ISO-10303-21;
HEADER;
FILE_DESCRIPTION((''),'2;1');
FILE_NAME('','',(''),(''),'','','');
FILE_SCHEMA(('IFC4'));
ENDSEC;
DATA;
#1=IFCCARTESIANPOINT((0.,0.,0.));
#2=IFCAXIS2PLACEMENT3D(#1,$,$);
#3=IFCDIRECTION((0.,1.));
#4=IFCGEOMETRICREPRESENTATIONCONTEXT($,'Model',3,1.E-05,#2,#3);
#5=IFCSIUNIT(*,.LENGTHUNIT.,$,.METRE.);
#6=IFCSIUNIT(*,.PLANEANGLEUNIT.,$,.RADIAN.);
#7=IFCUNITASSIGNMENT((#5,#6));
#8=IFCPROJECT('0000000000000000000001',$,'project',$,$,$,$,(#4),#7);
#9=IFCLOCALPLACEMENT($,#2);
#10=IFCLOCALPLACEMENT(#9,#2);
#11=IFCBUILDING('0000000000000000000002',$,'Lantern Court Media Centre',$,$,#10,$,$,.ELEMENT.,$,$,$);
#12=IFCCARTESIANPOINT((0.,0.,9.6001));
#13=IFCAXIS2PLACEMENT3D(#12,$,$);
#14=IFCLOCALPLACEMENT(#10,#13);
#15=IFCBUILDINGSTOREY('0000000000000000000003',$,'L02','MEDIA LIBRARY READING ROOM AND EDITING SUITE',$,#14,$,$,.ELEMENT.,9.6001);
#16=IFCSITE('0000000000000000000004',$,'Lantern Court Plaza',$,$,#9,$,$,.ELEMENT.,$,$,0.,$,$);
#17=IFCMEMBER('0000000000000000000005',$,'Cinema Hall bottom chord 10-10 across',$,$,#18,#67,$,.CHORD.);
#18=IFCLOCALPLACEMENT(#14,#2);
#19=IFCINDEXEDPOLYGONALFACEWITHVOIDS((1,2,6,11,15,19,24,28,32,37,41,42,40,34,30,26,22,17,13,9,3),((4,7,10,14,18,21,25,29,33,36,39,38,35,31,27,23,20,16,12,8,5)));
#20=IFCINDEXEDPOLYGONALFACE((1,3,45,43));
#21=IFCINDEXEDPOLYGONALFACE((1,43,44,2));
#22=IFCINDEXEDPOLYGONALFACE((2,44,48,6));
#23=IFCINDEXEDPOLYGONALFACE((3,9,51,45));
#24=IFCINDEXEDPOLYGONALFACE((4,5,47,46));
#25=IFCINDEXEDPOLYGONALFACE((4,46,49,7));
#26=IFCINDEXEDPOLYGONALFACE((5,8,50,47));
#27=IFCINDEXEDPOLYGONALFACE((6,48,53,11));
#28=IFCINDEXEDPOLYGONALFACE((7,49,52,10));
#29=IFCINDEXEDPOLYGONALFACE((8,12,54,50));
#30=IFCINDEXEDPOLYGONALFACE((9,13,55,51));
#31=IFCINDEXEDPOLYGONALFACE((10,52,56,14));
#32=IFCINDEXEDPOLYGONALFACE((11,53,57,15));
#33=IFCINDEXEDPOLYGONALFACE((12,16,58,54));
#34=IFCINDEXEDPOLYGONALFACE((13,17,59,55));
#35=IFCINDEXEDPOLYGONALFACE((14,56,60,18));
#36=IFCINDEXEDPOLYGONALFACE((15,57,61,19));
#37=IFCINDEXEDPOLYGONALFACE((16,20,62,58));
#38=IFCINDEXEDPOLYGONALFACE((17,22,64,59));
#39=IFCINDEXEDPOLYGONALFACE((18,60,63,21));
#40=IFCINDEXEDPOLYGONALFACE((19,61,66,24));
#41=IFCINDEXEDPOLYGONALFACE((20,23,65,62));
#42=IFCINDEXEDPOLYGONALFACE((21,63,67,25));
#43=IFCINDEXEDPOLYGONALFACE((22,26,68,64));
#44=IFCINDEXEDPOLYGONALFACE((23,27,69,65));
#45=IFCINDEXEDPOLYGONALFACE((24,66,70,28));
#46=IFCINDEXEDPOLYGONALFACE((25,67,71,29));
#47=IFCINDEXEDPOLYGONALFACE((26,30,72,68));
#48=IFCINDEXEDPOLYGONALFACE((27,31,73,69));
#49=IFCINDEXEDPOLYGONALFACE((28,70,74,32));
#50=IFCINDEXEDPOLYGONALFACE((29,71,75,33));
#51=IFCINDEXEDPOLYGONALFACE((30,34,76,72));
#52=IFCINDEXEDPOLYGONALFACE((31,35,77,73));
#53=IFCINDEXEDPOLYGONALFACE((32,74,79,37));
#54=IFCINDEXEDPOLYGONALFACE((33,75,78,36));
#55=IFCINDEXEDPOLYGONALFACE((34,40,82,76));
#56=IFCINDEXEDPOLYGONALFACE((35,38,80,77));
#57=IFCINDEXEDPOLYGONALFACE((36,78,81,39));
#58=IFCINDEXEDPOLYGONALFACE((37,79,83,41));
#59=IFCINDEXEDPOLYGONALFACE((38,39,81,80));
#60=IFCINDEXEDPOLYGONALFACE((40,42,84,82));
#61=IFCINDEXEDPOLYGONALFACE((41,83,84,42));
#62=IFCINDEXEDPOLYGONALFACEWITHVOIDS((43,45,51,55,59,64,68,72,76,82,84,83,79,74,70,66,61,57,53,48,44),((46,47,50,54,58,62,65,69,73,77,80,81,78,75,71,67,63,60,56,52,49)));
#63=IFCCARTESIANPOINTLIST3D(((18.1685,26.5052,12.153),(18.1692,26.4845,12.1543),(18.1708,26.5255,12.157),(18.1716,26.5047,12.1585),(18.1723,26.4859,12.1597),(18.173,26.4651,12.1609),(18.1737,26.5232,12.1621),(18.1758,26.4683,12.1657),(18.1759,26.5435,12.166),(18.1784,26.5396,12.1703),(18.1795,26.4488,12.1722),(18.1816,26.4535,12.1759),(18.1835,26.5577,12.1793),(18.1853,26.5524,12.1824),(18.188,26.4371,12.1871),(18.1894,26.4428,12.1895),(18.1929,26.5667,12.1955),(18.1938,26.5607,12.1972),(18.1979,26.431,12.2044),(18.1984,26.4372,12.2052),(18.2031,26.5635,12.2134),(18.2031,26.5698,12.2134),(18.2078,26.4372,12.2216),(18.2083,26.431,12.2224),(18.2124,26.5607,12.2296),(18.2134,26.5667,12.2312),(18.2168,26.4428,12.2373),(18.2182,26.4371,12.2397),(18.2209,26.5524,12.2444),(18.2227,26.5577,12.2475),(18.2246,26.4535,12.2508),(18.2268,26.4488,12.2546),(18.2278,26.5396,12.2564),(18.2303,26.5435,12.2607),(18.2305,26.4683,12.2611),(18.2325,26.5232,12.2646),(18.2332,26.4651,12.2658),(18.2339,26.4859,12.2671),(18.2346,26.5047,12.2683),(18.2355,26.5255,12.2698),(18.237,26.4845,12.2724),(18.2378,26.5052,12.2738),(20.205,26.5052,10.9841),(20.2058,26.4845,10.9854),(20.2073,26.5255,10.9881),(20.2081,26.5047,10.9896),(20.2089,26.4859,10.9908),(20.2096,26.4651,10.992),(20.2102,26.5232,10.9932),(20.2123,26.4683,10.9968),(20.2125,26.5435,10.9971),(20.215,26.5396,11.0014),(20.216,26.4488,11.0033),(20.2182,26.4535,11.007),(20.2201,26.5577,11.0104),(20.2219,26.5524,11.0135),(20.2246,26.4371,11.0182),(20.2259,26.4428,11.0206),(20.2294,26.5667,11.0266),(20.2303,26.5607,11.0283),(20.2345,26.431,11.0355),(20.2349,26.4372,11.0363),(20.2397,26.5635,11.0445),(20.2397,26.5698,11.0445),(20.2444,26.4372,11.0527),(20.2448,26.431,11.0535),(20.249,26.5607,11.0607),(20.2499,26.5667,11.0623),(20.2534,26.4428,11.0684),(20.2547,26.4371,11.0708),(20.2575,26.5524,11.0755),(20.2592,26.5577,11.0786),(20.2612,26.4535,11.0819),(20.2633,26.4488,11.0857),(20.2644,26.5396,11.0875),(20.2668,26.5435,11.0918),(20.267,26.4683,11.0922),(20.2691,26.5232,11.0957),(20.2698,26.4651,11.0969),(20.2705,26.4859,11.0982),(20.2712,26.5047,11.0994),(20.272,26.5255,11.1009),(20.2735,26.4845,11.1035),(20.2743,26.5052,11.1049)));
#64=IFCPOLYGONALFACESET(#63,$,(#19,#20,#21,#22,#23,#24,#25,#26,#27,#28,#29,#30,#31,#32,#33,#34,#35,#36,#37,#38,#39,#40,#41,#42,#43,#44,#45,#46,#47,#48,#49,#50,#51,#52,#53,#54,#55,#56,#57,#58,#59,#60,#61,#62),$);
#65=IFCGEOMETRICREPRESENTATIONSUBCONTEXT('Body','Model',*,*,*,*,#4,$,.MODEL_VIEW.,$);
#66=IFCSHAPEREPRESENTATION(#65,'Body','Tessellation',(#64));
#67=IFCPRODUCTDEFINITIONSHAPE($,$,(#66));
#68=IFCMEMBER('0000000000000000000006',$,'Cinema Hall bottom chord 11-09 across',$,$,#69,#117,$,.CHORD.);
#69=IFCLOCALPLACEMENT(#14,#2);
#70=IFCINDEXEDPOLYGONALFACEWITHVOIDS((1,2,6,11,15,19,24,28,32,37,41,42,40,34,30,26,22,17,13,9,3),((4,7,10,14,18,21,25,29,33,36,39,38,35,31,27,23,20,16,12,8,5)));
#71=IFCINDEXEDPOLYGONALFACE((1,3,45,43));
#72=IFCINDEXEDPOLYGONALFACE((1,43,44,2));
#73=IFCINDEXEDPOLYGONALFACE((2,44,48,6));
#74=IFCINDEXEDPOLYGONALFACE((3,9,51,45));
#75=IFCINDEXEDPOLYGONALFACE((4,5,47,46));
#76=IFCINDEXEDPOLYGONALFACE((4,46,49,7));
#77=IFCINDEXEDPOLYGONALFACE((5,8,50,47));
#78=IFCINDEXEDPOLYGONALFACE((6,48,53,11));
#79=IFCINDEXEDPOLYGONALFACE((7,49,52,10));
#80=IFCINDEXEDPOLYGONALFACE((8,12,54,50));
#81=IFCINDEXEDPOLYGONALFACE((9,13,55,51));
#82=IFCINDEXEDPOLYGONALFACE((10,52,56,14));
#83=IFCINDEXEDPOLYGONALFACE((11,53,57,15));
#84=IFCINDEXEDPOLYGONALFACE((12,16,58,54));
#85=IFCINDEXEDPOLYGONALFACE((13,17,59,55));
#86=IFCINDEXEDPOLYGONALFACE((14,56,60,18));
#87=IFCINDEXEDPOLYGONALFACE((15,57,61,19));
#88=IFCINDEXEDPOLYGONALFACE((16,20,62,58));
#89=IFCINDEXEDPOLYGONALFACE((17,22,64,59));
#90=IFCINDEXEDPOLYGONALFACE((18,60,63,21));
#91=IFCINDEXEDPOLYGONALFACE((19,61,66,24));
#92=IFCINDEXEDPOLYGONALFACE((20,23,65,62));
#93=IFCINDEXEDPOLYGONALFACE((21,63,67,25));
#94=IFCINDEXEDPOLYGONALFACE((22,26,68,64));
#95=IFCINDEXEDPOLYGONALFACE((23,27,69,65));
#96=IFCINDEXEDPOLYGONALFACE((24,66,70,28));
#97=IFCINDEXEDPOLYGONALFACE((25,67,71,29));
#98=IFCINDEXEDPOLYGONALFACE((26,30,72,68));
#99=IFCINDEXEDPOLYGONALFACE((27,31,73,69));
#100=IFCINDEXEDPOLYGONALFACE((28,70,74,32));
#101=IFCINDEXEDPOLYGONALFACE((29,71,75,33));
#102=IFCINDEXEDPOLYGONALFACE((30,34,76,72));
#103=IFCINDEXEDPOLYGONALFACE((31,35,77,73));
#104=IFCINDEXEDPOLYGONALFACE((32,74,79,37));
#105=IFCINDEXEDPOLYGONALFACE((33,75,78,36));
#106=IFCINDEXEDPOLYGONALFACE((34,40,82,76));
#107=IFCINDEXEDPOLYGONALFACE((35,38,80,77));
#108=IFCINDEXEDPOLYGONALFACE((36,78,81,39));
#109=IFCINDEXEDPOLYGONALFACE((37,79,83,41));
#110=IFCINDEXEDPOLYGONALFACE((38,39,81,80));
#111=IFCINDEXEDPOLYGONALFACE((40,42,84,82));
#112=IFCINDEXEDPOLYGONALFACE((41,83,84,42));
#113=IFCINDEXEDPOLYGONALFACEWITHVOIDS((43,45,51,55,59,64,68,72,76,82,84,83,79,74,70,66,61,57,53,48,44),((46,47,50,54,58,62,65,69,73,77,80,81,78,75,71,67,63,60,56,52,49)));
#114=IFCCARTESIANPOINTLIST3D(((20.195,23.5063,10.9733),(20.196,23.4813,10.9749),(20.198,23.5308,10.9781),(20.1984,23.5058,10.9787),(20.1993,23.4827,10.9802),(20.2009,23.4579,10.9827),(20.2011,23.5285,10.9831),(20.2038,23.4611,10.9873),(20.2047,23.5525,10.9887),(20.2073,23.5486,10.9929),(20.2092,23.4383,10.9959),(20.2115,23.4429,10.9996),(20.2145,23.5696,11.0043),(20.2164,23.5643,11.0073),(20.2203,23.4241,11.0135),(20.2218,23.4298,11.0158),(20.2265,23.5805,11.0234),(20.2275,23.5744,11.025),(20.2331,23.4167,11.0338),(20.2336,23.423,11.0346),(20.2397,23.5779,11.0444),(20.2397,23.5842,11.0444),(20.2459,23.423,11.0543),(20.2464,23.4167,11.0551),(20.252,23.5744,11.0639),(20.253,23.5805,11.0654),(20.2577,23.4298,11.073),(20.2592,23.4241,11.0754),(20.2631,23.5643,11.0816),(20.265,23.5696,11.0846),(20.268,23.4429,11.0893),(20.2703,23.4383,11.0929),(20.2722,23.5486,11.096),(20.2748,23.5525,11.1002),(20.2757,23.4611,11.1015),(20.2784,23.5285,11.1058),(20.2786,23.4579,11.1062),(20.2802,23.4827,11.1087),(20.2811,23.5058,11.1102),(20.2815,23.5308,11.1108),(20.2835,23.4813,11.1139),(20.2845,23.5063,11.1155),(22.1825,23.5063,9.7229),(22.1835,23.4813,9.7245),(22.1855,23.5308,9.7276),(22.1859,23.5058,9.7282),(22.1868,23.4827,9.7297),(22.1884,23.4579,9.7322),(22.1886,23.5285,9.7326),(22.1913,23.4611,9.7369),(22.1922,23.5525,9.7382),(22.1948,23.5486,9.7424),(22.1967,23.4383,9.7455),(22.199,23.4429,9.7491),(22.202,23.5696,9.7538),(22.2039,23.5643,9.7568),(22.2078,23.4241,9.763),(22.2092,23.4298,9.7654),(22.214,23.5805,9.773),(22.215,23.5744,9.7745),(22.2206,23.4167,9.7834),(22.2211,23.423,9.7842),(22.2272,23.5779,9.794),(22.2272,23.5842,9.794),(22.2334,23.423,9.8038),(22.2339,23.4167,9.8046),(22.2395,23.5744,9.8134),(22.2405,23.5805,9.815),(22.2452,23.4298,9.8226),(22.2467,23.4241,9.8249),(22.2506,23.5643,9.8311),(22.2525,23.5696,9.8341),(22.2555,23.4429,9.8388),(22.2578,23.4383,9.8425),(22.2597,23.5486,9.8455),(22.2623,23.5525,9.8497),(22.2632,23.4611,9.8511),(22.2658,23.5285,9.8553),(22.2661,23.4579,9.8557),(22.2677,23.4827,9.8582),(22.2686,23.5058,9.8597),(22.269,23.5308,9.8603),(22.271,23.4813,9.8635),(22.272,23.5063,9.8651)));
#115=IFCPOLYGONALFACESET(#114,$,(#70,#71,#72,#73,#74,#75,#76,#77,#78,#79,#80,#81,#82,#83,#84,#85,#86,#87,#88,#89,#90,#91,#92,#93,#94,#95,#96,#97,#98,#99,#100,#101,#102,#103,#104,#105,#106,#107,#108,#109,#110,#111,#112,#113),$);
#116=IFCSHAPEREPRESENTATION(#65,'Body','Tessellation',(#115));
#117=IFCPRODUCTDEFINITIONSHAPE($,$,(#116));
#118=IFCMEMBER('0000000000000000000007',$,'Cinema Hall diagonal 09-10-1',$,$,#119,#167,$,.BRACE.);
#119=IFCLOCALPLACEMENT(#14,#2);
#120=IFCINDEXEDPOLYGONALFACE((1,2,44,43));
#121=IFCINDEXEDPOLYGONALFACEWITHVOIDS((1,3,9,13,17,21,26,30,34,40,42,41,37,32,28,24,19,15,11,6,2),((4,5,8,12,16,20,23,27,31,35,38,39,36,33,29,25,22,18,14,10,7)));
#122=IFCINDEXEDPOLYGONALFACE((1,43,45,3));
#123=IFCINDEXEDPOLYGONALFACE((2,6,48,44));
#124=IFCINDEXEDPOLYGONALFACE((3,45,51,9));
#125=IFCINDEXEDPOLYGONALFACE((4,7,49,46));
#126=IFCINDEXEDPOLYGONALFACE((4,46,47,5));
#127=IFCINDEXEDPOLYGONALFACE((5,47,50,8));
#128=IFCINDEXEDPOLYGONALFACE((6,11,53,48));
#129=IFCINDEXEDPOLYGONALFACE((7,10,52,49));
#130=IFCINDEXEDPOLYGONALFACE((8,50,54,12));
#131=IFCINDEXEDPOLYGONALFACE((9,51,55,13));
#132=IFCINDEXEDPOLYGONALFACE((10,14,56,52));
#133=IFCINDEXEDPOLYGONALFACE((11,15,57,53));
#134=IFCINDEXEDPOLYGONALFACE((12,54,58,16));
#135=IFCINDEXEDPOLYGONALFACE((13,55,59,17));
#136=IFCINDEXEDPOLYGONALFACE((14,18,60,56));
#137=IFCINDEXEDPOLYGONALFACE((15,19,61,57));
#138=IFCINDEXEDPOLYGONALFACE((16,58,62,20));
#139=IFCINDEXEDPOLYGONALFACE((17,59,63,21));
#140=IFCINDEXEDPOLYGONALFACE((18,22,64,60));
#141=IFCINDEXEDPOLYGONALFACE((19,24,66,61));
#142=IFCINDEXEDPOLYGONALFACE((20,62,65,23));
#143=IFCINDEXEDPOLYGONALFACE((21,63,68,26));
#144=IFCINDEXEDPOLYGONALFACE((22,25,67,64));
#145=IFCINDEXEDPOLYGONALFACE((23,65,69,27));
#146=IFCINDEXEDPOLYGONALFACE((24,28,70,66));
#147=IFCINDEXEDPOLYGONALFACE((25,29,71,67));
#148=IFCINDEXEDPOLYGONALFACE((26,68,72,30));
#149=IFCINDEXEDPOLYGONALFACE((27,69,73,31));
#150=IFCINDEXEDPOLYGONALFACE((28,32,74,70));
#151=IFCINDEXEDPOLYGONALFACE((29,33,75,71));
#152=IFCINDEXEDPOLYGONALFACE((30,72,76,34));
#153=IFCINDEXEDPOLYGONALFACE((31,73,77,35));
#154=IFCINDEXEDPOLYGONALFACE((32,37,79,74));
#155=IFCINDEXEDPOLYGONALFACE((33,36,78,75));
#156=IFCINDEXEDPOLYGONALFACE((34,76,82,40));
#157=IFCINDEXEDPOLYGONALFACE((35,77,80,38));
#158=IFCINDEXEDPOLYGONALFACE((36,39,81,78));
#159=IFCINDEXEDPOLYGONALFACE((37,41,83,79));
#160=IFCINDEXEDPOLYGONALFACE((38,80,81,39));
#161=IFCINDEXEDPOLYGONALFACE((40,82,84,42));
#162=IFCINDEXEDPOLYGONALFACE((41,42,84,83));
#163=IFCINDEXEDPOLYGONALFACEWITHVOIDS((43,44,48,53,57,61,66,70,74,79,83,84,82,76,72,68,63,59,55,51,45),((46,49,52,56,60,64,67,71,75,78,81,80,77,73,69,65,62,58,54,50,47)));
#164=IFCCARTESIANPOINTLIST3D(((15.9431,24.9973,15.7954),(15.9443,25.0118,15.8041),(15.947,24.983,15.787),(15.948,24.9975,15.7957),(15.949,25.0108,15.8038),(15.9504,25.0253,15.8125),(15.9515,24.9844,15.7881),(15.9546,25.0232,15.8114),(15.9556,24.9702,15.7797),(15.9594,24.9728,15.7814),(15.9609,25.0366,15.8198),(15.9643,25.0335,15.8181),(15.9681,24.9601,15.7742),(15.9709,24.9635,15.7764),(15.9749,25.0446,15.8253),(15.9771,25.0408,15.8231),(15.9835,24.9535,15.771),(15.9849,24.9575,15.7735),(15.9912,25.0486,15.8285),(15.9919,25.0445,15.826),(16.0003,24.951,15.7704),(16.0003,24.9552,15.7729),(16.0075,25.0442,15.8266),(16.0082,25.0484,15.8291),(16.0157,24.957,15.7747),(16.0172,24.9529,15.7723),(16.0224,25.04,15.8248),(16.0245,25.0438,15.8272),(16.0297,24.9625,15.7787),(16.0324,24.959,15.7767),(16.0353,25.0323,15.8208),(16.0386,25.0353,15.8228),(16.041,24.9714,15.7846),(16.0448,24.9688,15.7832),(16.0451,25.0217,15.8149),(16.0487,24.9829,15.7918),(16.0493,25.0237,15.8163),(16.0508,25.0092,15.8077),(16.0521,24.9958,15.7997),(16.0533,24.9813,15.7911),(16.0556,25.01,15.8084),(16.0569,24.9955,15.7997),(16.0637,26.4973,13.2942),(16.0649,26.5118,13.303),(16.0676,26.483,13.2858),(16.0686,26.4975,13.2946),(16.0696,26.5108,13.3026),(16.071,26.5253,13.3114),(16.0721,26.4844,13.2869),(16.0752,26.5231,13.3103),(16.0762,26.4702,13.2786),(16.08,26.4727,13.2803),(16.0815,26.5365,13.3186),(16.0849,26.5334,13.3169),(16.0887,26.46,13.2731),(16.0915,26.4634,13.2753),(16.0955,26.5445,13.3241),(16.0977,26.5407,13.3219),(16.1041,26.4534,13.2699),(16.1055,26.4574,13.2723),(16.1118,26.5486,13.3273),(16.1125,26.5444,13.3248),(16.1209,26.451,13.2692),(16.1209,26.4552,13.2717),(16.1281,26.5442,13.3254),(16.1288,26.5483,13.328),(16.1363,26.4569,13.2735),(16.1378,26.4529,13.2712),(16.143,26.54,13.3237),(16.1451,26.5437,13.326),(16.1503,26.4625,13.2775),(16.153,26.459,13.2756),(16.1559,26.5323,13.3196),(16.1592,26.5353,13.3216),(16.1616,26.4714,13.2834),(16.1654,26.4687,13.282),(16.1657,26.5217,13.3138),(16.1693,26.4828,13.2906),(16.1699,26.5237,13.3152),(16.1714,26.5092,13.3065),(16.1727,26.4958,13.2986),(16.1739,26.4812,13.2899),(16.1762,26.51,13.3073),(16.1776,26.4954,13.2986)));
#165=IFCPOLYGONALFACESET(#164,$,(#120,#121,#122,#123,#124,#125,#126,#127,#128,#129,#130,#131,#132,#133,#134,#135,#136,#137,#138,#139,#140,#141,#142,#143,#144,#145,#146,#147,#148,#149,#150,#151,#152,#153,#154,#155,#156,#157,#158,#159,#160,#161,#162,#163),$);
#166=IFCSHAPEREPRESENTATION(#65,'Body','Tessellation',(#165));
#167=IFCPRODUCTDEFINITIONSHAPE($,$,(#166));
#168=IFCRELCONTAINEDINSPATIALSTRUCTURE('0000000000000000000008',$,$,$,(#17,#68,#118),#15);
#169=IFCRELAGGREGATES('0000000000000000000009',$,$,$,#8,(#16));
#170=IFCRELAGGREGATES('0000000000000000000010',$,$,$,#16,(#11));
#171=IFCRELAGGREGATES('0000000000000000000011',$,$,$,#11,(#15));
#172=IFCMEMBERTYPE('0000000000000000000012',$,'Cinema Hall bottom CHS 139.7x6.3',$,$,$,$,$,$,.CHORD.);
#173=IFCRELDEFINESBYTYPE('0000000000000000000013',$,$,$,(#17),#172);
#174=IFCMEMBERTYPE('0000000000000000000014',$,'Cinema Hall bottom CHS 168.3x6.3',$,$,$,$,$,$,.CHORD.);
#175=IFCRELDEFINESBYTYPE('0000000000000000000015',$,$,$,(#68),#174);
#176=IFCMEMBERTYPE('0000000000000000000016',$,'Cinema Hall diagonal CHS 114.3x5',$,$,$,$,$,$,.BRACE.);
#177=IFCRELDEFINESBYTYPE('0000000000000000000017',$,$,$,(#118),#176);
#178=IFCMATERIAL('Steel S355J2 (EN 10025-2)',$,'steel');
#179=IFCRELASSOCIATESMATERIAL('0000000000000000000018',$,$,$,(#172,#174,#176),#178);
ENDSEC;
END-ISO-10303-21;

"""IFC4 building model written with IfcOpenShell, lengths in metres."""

from ifc_helpers import new_model, si_unit, direction, frame, origin, origin_2d, place, context, subcontext, project, spatial, hollow_circle, extrude, material, material_profile, profile_set, type_object, element, save


model = new_model("IFC4")

# Units and contexts
model_context = context("Model", 3, precision=1e-05, world=origin(), true_north=direction((0.0, 1.0)))
body_context = subcontext(model_context, "Body", "Model", "MODEL_VIEW")
ifc_project = project(units=[si_unit("LENGTHUNIT", "METRE"), si_unit("PLANEANGLEUNIT", "RADIAN")], contexts=[model_context])

# Site, building, storey
site_placement = place(None, origin())
site = spatial("IfcSite", under=ifc_project, at=site_placement, Name="Lantern Court Plaza", CompositionType="ELEMENT", RefElevation=0.0)
building_placement = place(site_placement, origin())
building = spatial("IfcBuilding", under=site, at=building_placement, Name="Lantern Court Media Centre", CompositionType="ELEMENT")
storey_placement = place(building_placement, frame((0.0, 0.0, 9.6001)))
storey = spatial("IfcBuildingStorey", under=building, at=storey_placement, Name="L02", Description="MEDIA LIBRARY READING ROOM AND EDITING SUITE", CompositionType="ELEMENT", Elevation=9.6001)

# Members
ifc_material = material(Name="Steel S355J2 (EN 10025-2)", Category="steel")
ifc_material_profile_1 = material_profile(ifc_material, hollow_circle(Radius=0.0698, WallThickness=0.0063, at=origin_2d()), Name="Cinema Hall bottom CHS 139.7x6.3")
ifc_profile_set_1 = profile_set([ifc_material_profile_1], Name="Steel S355J2 (EN 10025-2)")
member_type_1 = type_object("IfcMemberType", Name="Cinema Hall bottom CHS 139.7x6.3", PredefinedType="CHORD", material=ifc_profile_set_1)
member_1_placement = place(storey_placement, frame((18.2031, 26.5, 12.2134), z_axis=(0.867295, 0.0, -0.497795), x_axis=(0.0, 1.0, 0.0)))
element("IfcMember", 1, at=member_1_placement, inside=storey, type_object=member_type_1, Name="Cinema Hall bottom chord 10-10 across", PredefinedType="CHORD", context=body_context, shape_type="SweptSolid", body=[
    extrude(hollow_circle(Radius=0.0698, WallThickness=0.0063, at=origin_2d()), origin(), (0.0, 0.0, 1.0), 2.3481),
])
ifc_material_profile_2 = material_profile(ifc_material, hollow_circle(Radius=0.0842, WallThickness=0.0063, at=origin_2d()), Name="Cinema Hall bottom CHS 168.3x6.3")
ifc_profile_set_2 = profile_set([ifc_material_profile_2], Name="Steel S355J2 (EN 10025-2)")
member_type_2 = type_object("IfcMemberType", Name="Cinema Hall bottom CHS 168.3x6.3", PredefinedType="CHORD", material=ifc_profile_set_2)
member_2_placement = place(storey_placement, frame((20.2397, 23.5, 11.0444), z_axis=(0.846412, 0.0, -0.532529), x_axis=(0.0, 1.0, 0.0)))
element("IfcMember", 2, at=member_2_placement, inside=storey, type_object=member_type_2, Name="Cinema Hall bottom chord 11-09 across", PredefinedType="CHORD", context=body_context, shape_type="SweptSolid", body=[
    extrude(hollow_circle(Radius=0.0842, WallThickness=0.0063, at=origin_2d()), origin(), (0.0, 0.0, 1.0), 2.3481),
])
ifc_material_profile_3 = material_profile(ifc_material, hollow_circle(Radius=0.0571, WallThickness=0.0049, at=origin_2d()), Name="Cinema Hall diagonal CHS 114.3x5")
ifc_profile_set_3 = profile_set([ifc_material_profile_3], Name="Steel S355J2 (EN 10025-2)")
member_type_3 = type_object("IfcMemberType", Name="Cinema Hall diagonal CHS 114.3x5", PredefinedType="BRACE", material=ifc_profile_set_3)
member_3_placement = place(storey_placement, frame((16.1206, 26.5, 13.2986), z_axis=(-0.041317, -0.513872, 0.856871), x_axis=(0.996783, -0.080145, 0.0)))
element("IfcMember", 3, at=member_3_placement, inside=storey, type_object=member_type_3, Name="Cinema Hall diagonal 09-10-1", PredefinedType="BRACE", context=body_context, shape_type="SweptSolid", body=[
    extrude(hollow_circle(Radius=0.0571, WallThickness=0.0049, at=origin_2d()), origin(), (0.0, 0.0, 1.0), 2.9189),
])

save(model, "model.ifc")
